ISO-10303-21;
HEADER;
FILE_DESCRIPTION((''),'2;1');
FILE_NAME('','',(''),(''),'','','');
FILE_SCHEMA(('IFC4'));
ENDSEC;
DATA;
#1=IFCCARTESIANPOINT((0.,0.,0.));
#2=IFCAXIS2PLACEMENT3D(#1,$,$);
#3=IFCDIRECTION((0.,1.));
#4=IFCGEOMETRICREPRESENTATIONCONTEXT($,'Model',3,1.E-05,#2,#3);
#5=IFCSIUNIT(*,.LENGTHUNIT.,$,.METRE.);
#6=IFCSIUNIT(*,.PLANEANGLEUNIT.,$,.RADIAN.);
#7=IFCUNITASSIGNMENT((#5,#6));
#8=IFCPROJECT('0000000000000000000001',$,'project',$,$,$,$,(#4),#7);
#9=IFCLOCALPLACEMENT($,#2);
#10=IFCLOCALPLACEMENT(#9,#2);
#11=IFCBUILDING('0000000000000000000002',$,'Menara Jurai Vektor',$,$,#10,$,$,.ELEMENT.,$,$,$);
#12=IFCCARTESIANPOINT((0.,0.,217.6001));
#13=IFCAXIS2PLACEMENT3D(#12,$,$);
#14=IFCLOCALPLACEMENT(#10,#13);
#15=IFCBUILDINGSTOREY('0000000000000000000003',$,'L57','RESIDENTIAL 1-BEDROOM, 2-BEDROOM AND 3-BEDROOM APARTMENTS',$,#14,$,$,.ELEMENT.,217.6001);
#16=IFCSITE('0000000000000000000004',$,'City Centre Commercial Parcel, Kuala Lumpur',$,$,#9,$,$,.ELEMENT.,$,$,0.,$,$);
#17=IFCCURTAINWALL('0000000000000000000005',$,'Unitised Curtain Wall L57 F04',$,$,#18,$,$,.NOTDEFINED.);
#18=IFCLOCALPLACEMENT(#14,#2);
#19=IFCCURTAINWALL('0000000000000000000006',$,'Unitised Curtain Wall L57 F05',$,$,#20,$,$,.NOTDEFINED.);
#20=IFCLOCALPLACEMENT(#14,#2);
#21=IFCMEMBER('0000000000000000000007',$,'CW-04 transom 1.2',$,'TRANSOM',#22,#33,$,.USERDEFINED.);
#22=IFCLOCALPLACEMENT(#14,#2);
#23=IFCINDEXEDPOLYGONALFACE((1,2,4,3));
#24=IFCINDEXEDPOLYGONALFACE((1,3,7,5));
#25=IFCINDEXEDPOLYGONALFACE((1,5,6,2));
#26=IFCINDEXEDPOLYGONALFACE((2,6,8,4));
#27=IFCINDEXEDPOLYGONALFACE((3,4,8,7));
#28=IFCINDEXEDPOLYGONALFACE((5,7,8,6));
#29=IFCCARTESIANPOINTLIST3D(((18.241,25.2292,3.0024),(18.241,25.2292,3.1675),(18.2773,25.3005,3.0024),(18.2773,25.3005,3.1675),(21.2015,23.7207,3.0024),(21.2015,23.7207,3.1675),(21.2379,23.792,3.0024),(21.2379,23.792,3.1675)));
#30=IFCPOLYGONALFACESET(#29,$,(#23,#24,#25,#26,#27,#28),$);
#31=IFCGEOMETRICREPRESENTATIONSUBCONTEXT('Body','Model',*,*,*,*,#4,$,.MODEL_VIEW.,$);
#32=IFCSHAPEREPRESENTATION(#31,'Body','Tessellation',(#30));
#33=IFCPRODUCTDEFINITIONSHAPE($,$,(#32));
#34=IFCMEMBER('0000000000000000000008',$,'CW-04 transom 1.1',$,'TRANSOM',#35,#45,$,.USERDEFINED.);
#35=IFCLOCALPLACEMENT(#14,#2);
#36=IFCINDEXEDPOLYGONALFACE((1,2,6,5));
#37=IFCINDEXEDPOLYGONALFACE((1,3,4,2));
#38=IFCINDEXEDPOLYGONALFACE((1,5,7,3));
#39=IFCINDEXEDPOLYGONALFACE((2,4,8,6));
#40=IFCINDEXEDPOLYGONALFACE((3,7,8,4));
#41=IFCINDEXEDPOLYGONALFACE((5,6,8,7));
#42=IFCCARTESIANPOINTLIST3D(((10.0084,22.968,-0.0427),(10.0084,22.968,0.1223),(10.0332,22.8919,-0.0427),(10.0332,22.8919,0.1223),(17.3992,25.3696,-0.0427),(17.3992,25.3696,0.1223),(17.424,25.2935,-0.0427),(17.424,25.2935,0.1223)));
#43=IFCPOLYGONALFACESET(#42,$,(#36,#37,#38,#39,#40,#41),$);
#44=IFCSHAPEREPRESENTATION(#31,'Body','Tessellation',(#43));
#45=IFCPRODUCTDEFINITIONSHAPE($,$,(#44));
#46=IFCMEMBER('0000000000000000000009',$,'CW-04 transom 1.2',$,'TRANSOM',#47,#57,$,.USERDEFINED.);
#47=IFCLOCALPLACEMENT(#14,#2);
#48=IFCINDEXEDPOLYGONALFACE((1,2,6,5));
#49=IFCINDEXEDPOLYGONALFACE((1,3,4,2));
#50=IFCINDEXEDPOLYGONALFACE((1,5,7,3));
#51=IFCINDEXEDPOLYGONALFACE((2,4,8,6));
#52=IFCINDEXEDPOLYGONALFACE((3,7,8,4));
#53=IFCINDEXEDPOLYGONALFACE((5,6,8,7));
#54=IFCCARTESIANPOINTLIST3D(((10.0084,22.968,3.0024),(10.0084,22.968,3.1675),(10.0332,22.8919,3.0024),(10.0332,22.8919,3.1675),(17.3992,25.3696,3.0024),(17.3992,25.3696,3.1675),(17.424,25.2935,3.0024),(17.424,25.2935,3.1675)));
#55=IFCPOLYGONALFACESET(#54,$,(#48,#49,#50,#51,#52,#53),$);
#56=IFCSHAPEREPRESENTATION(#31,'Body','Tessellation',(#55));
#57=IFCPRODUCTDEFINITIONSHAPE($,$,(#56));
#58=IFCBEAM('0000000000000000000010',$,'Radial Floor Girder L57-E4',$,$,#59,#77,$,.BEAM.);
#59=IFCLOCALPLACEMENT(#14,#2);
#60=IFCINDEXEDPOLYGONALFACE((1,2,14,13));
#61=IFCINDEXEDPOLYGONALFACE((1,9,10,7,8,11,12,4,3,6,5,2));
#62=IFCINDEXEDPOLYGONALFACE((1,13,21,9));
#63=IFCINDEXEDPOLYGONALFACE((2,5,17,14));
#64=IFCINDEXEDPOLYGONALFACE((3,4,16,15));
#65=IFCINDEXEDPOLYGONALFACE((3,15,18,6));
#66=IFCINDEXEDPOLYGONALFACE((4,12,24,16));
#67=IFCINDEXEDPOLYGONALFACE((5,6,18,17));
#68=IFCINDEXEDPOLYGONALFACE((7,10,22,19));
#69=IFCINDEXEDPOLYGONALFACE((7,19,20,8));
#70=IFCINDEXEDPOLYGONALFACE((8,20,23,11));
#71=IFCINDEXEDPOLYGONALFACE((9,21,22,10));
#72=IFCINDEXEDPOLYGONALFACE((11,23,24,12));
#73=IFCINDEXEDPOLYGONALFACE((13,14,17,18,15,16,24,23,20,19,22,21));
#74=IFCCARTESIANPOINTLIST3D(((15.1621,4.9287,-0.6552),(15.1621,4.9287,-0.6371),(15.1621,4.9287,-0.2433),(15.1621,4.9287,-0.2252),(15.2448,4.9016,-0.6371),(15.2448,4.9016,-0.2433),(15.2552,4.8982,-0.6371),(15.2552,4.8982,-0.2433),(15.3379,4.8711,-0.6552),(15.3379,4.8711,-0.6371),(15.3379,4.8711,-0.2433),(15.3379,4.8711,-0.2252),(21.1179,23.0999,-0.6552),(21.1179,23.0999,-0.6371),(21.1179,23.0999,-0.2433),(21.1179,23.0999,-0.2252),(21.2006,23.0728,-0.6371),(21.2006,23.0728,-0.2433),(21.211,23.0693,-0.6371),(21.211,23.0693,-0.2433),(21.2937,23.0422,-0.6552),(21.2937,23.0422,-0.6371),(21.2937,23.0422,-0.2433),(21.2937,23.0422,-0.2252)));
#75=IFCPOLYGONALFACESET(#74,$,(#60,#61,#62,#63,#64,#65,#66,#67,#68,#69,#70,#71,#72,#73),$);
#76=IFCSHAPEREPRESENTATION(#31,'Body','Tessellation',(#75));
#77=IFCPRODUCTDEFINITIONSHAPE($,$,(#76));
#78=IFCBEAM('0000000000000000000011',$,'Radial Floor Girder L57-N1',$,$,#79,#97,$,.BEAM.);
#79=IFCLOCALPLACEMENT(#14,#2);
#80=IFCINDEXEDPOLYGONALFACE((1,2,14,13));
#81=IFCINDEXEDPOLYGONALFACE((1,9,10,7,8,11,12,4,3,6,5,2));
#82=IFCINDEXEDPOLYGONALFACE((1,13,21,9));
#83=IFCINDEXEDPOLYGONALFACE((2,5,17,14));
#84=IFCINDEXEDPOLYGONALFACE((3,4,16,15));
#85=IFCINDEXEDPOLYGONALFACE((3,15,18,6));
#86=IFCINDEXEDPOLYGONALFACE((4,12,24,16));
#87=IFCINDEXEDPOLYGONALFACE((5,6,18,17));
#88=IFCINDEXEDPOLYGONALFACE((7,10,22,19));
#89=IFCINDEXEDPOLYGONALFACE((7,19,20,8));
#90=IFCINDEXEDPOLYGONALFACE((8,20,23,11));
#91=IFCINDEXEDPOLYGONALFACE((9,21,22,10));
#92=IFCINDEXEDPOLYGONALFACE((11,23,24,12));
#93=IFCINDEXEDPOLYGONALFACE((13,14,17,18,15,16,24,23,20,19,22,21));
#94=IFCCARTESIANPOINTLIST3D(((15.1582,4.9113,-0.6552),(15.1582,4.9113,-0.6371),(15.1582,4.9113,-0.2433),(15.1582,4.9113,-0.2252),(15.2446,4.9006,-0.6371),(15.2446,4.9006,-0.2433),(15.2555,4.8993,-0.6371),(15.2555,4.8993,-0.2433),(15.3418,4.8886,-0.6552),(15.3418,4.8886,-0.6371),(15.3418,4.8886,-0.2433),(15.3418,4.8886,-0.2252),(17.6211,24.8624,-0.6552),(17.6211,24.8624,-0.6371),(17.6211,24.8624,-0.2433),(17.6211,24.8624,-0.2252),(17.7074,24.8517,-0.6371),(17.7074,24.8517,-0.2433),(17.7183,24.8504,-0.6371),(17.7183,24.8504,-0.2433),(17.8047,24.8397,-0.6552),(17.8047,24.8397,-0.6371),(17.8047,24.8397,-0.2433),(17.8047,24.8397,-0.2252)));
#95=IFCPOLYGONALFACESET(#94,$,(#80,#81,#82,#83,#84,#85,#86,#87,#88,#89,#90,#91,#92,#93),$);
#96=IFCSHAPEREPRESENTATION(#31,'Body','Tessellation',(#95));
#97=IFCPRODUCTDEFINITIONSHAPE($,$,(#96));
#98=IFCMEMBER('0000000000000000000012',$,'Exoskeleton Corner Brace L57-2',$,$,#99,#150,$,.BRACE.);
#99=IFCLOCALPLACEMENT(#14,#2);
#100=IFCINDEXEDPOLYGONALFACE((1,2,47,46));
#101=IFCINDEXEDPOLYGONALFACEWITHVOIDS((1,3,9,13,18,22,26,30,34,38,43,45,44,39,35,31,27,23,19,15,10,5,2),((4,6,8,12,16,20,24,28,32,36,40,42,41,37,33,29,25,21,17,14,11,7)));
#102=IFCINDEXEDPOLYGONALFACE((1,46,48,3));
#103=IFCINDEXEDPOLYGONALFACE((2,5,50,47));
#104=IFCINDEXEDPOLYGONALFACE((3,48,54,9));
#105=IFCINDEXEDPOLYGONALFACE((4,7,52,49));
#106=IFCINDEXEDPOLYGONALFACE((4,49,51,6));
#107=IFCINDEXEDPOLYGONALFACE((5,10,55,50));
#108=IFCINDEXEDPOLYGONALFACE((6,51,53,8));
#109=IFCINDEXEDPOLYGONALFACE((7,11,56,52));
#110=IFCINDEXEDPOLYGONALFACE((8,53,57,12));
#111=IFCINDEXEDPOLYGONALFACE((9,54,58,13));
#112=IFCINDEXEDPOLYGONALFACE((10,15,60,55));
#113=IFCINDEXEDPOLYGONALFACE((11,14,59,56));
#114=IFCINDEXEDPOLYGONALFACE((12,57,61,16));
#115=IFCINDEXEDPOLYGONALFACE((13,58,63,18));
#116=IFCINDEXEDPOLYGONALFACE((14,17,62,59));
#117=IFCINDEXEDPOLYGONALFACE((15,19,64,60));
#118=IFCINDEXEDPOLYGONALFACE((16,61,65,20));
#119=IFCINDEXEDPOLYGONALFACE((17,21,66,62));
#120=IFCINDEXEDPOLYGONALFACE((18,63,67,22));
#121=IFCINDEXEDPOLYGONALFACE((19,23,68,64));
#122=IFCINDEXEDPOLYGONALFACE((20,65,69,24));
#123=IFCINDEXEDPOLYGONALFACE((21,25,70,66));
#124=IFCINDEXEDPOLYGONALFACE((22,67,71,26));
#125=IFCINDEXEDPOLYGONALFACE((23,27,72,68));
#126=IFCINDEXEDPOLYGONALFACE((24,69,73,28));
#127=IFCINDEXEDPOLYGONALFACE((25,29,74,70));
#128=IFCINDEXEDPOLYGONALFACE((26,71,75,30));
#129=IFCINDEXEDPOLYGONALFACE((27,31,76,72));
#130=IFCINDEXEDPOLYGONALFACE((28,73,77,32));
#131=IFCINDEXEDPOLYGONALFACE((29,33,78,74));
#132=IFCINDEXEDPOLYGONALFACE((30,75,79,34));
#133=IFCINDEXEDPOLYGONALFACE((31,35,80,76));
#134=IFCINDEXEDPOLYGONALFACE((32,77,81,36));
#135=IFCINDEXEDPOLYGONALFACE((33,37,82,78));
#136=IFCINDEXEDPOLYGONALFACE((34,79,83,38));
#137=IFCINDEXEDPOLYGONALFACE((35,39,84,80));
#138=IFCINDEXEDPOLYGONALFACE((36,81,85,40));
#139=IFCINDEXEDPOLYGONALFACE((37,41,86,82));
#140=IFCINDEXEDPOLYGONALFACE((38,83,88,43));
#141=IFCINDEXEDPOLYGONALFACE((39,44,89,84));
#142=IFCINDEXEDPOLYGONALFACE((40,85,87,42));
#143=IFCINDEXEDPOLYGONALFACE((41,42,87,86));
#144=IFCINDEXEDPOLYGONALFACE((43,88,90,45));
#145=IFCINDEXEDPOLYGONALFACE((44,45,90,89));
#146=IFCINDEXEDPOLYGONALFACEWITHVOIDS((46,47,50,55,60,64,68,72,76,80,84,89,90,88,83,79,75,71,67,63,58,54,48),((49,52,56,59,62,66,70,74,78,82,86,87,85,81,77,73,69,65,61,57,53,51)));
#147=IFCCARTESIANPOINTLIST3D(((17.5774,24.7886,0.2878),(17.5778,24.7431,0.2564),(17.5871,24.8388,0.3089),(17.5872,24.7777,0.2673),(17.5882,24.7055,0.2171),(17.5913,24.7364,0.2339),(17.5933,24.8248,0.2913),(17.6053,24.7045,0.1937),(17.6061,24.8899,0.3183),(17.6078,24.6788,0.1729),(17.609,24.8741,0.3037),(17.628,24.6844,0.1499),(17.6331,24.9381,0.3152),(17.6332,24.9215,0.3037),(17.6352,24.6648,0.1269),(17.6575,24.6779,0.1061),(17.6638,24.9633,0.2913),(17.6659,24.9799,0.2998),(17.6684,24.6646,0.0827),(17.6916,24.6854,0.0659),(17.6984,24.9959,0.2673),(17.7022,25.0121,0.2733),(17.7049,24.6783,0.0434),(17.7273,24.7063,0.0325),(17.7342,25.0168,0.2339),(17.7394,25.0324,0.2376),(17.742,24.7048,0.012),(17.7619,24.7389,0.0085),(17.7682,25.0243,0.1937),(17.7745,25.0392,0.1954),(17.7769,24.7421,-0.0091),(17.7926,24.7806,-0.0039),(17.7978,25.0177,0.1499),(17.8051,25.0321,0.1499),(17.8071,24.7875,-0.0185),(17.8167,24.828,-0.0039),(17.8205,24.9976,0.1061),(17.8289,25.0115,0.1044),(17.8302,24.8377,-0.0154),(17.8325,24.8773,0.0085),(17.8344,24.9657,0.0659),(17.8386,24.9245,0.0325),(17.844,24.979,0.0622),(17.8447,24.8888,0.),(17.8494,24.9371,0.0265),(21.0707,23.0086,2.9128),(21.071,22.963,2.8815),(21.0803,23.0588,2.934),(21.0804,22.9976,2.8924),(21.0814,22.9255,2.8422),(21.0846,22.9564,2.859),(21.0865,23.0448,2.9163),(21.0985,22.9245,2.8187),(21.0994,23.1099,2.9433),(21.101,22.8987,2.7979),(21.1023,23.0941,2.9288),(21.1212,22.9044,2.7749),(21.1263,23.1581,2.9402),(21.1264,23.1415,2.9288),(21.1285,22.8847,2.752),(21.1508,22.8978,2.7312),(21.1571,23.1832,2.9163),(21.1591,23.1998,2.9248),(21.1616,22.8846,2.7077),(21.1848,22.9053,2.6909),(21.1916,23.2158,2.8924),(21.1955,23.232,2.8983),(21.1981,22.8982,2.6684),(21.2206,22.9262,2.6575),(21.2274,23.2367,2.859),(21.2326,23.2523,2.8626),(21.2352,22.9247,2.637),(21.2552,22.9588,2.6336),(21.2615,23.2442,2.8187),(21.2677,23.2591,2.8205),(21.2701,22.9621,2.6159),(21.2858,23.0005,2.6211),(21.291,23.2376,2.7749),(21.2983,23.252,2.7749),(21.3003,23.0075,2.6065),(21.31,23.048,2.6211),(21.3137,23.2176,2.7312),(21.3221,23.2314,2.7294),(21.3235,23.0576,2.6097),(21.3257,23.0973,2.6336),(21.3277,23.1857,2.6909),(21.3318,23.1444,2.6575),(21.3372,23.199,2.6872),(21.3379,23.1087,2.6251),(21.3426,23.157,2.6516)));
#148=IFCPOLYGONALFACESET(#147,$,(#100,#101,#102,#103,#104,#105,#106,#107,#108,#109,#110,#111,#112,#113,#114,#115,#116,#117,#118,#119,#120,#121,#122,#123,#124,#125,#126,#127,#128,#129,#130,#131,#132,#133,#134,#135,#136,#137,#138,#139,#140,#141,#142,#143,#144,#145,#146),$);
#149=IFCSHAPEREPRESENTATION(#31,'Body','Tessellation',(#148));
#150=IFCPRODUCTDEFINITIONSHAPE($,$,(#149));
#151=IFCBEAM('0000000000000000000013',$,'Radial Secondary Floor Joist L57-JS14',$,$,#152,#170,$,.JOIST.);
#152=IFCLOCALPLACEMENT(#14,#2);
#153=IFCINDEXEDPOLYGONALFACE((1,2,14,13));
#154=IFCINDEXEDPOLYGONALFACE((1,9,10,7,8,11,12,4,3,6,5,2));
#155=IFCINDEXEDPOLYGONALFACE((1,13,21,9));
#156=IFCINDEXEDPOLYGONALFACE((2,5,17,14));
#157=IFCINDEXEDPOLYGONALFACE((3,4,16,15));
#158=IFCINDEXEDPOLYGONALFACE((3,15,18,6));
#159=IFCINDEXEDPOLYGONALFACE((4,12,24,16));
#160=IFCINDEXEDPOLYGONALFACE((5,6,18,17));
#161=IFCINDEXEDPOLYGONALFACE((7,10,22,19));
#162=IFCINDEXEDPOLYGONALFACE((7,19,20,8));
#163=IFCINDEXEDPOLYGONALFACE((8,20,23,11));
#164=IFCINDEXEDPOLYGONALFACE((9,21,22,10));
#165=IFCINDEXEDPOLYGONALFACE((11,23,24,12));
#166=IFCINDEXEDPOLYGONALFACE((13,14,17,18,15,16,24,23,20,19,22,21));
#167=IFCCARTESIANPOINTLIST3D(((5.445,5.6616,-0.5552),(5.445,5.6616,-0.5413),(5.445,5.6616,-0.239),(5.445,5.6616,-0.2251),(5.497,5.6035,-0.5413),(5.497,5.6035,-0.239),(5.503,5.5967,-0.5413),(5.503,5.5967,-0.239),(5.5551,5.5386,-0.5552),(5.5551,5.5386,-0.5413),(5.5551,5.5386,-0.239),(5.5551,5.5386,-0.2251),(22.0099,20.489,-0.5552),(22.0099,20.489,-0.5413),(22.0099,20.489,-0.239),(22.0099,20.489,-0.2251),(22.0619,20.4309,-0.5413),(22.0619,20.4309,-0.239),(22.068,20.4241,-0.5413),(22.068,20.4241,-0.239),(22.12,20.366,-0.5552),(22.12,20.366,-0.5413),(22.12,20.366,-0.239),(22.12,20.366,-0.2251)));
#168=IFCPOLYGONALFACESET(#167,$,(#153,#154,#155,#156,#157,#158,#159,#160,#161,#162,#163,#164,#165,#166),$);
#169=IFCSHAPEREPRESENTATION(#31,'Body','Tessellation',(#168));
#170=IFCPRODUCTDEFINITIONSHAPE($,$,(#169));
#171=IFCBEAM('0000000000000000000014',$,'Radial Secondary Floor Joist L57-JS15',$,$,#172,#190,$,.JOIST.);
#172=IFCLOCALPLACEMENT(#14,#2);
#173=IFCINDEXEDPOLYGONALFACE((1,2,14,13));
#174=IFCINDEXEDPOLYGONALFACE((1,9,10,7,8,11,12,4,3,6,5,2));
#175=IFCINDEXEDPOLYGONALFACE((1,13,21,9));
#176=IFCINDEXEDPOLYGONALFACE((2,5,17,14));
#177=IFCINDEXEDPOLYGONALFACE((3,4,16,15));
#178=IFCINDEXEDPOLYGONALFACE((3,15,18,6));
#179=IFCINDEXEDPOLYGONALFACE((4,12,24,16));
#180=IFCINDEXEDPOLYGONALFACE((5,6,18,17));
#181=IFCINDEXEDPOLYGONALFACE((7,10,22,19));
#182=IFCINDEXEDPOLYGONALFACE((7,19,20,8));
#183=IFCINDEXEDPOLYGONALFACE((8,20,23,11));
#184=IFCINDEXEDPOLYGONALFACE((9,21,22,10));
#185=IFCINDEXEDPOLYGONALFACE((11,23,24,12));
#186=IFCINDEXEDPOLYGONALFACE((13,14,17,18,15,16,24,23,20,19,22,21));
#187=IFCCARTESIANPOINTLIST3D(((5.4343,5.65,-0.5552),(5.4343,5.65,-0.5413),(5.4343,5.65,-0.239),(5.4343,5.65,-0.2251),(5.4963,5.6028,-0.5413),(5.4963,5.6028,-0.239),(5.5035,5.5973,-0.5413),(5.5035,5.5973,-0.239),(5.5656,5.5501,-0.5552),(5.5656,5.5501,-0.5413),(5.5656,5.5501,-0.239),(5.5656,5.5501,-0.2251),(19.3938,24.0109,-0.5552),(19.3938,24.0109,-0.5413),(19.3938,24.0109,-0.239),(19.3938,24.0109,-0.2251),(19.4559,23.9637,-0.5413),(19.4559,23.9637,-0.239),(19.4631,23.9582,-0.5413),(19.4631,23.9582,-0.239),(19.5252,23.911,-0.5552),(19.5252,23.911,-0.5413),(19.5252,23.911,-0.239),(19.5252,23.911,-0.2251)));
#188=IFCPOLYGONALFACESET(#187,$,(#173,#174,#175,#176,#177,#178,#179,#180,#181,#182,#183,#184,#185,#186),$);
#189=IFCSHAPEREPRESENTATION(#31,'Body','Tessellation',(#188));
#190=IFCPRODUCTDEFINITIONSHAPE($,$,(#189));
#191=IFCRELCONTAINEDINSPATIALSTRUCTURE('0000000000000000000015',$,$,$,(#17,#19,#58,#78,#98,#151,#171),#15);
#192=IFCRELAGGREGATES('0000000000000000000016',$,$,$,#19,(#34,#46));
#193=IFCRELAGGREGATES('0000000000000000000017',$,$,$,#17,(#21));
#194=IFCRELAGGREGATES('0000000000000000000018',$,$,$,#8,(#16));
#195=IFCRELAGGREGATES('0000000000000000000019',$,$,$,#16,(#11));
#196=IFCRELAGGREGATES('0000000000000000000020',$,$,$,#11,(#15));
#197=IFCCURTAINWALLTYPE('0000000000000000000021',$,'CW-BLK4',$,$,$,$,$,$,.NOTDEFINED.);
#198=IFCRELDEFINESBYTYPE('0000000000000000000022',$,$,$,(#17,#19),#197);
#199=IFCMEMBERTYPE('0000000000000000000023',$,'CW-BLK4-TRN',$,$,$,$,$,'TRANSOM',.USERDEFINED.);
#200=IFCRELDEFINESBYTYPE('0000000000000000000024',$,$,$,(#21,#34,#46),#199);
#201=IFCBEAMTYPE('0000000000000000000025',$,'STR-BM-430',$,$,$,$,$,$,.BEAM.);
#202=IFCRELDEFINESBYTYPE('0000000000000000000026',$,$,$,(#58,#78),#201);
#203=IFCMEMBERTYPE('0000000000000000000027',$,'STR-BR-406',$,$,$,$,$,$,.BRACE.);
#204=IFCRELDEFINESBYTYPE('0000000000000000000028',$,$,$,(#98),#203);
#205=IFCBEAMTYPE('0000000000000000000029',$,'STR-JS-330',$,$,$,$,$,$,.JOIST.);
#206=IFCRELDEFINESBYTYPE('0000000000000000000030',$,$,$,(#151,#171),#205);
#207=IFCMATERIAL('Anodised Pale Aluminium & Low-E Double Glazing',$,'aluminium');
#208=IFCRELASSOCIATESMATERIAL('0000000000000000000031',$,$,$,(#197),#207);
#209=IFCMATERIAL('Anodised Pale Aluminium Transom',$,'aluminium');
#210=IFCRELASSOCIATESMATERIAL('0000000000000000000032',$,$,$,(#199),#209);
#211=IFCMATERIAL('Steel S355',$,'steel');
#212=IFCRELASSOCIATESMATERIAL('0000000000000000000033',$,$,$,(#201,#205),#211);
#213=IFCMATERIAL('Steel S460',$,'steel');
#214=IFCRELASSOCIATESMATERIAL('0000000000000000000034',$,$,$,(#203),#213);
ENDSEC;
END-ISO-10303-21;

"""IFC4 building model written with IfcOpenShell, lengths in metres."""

from ifc_helpers import new_model, si_unit, direction, frame, origin, origin_2d, place, context, subcontext, project, spatial, rectangle, hollow_circle, i_section, extrude, material, material_profile, profile_set, type_object, element, aggregate, save


model = new_model("IFC4")

# Units and contexts
model_context = context("Model", 3, precision=1e-05, world=origin(), true_north=direction((0.0, 1.0)))
body_context = subcontext(model_context, "Body", "Model", "MODEL_VIEW")
ifc_project = project(units=[si_unit("LENGTHUNIT", "METRE"), si_unit("PLANEANGLEUNIT", "RADIAN")], contexts=[model_context])

# Site, building, storey
site_placement = place(None, origin())
site = spatial("IfcSite", under=ifc_project, at=site_placement, Name="City Centre Commercial Parcel, Kuala Lumpur", CompositionType="ELEMENT", RefElevation=0.0)
building_placement = place(site_placement, origin())
building = spatial("IfcBuilding", under=site, at=building_placement, Name="Menara Jurai Vektor", CompositionType="ELEMENT")
storey_placement = place(building_placement, frame((0.0, 0.0, 217.6001)))
storey = spatial("IfcBuildingStorey", under=building, at=storey_placement, Name="L57", Description="RESIDENTIAL 1-BEDROOM, 2-BEDROOM AND 3-BEDROOM APARTMENTS", CompositionType="ELEMENT", Elevation=217.6001)

# Shared definitions
ifc_material_1 = material(Name="Steel S460", Category="steel")

# Shared definitions
ifc_material_2 = material(Name="Anodised Pale Aluminium & Low-E Double Glazing", Category="aluminium")
curtain_wall_type = type_object("IfcCurtainWallType", Name="CW-BLK4", PredefinedType="NOTDEFINED", material=ifc_material_2)

# Curtain wall
curtain_wall_1_placement = place(storey_placement, origin())
curtain_wall_1 = element("IfcCurtainWall", 1, at=curtain_wall_1_placement, inside=storey, type_object=curtain_wall_type, Name="Unitised Curtain Wall L57 F04", PredefinedType="NOTDEFINED")

# Curtain wall
curtain_wall_2_placement = place(storey_placement, origin())
curtain_wall_2 = element("IfcCurtainWall", 2, at=curtain_wall_2_placement, inside=storey, type_object=curtain_wall_type, Name="Unitised Curtain Wall L57 F05", PredefinedType="NOTDEFINED")

# Members
ifc_material_3 = material(Name="Anodised Pale Aluminium Transom", Category="aluminium")
ifc_material_profile_1 = material_profile(ifc_material_3, rectangle(XDim=0.0801, YDim=0.165, at=origin_2d()), Name="ALU TRN 80x165")
ifc_profile_set_1 = profile_set([ifc_material_profile_1], Name="Anodised Pale Aluminium Transom")
member_type_1 = type_object("IfcMemberType", Name="CW-BLK4-TRN", ElementType="TRANSOM", PredefinedType="USERDEFINED", material=ifc_profile_set_1)
member_1_placement = place(storey_placement, frame((21.2197, 23.7563, 3.085), z_axis=(-0.891007, 0.45399, 0.0), x_axis=(-0.45399, -0.891007, 0.0)))
member_1 = element("IfcMember", 3, at=member_1_placement, type_object=member_type_1, Name="CW-04 transom 1.2", ObjectType="TRANSOM", PredefinedType="USERDEFINED", context=body_context, shape_type="SweptSolid", body=[
    extrude(rectangle(XDim=0.0801, YDim=0.165, at=origin_2d()), origin(), (0.0, 0.0, 1.0), 3.3228),
])
member_2_placement = place(storey_placement, frame((17.4116, 25.3315, 0.0398), z_axis=(-0.95105, -0.309037, 0.0), x_axis=(0.309037, -0.95105, 0.0)))
member_2 = element("IfcMember", 4, at=member_2_placement, type_object=member_type_1, Name="CW-04 transom 1.1", ObjectType="TRANSOM", PredefinedType="USERDEFINED", context=body_context, shape_type="SweptSolid", body=[
    extrude(rectangle(XDim=0.0801, YDim=0.165, at=origin_2d()), origin(), (0.0, 0.0, 1.0), 7.7712),
])
member_3_placement = place(storey_placement, frame((17.4116, 25.3315, 3.085), z_axis=(-0.95105, -0.309037, 0.0), x_axis=(0.309037, -0.95105, 0.0)))
member_3 = element("IfcMember", 5, at=member_3_placement, type_object=member_type_1, Name="CW-04 transom 1.2", ObjectType="TRANSOM", PredefinedType="USERDEFINED", context=body_context, shape_type="SweptSolid", body=[
    extrude(rectangle(XDim=0.0801, YDim=0.165, at=origin_2d()), origin(), (0.0, 0.0, 1.0), 7.7712),
])

# Beams
ifc_material_4 = material(Name="Steel S355", Category="steel")
ifc_material_profile_2 = material_profile(ifc_material_4, i_section(OverallWidth=0.1851, OverallDepth=0.4299, WebThickness=0.011, FlangeThickness=0.0181, at=origin_2d()), Name="PG 430x185x76")
ifc_profile_set_2 = profile_set([ifc_material_profile_2], Name="Steel S355")
beam_type_1 = type_object("IfcBeamType", Name="STR-BM-430", PredefinedType="BEAM", material=ifc_profile_set_2)
beam_1_placement = place(storey_placement, frame((21.2058, 23.071, -0.4402), z_axis=(-0.311459, -0.95026, 0.0), x_axis=(0.95026, -0.311459, 0.0)))
element("IfcBeam", 6, at=beam_1_placement, inside=storey, type_object=beam_type_1, Name="Radial Floor Girder L57-E4", PredefinedType="BEAM", context=body_context, shape_type="SweptSolid", body=[
    extrude(i_section(OverallWidth=0.1851, OverallDepth=0.4299, WebThickness=0.011, FlangeThickness=0.0181, at=origin_2d()), origin(), (0.0, 0.0, 1.0), 19.1223),
])
beam_2_placement = place(storey_placement, frame((17.7129, 24.8511, -0.4402), z_axis=(-0.122516, -0.992467, 0.0), x_axis=(0.992467, -0.122516, 0.0)))
element("IfcBeam", 7, at=beam_2_placement, inside=storey, type_object=beam_type_1, Name="Radial Floor Girder L57-N1", PredefinedType="BEAM", context=body_context, shape_type="SweptSolid", body=[
    extrude(i_section(OverallWidth=0.1851, OverallDepth=0.4299, WebThickness=0.011, FlangeThickness=0.0181, at=origin_2d()), origin(), (0.0, 0.0, 1.0), 20.1025),
])

# Member
ifc_material_profile_3 = material_profile(ifc_material_1, hollow_circle(Radius=0.2031, WallThickness=0.0161, at=origin_2d()), Name="CHS 406.4x16")
ifc_profile_set_3 = profile_set([ifc_material_profile_3], Name="Steel S460")
member_type_2 = type_object("IfcMemberType", Name="STR-BR-406", PredefinedType="BRACE", material=ifc_profile_set_3)
member_4_placement = place(storey_placement, frame((17.7129, 24.8511, 0.1499), z_axis=(0.740361, -0.377269, 0.556357), x_axis=(0.454026, 0.890989, 0.0)))
element("IfcMember", 8, at=member_4_placement, inside=storey, type_object=member_type_2, Name="Exoskeleton Corner Brace L57-2", PredefinedType="BRACE", context=body_context, shape_type="SweptSolid", body=[
    extrude(hollow_circle(Radius=0.2031, WallThickness=0.0161, at=origin_2d()), origin(), (0.0, 0.0, 1.0), 4.7183),
])

# Beams
ifc_material_profile_4 = material_profile(ifc_material_4, i_section(OverallWidth=0.165, OverallDepth=0.3301, WebThickness=0.009, FlangeThickness=0.0139, at=origin_2d()), Name="PG 330x165x46")
ifc_profile_set_4 = profile_set([ifc_material_profile_4], Name="Steel S355")
beam_type_2 = type_object("IfcBeamType", Name="STR-JS-330", PredefinedType="JOIST", material=ifc_profile_set_4)
beam_3_placement = place(storey_placement, frame((22.0649, 20.4275, -0.3901), z_axis=(-0.745104, -0.666948, 0.0), x_axis=(0.666948, -0.745104, 0.0)))
element("IfcBeam", 9, at=beam_3_placement, inside=storey, type_object=beam_type_2, Name="Radial Secondary Floor Joist L57-JS14", PredefinedType="JOIST", context=body_context, shape_type="SweptSolid", body=[
    extrude(i_section(OverallWidth=0.165, OverallDepth=0.3301, WebThickness=0.009, FlangeThickness=0.0139, at=origin_2d()), origin(), (0.0, 0.0, 1.0), 22.2317),
])
beam_4_placement = place(storey_placement, frame((19.4595, 23.9609, -0.3901), z_axis=(-0.605227, -0.796053, 0.0), x_axis=(0.796053, -0.605227, 0.0)))
element("IfcBeam", 10, at=beam_4_placement, inside=storey, type_object=beam_type_2, Name="Radial Secondary Floor Joist L57-JS15", PredefinedType="JOIST", context=body_context, shape_type="SweptSolid", body=[
    extrude(i_section(OverallWidth=0.165, OverallDepth=0.3301, WebThickness=0.009, FlangeThickness=0.0139, at=origin_2d()), origin(), (0.0, 0.0, 1.0), 23.0649),
])

aggregate(curtain_wall_2, [member_2, member_3])
aggregate(curtain_wall_1, [member_1])

save(model, "model.ifc")
